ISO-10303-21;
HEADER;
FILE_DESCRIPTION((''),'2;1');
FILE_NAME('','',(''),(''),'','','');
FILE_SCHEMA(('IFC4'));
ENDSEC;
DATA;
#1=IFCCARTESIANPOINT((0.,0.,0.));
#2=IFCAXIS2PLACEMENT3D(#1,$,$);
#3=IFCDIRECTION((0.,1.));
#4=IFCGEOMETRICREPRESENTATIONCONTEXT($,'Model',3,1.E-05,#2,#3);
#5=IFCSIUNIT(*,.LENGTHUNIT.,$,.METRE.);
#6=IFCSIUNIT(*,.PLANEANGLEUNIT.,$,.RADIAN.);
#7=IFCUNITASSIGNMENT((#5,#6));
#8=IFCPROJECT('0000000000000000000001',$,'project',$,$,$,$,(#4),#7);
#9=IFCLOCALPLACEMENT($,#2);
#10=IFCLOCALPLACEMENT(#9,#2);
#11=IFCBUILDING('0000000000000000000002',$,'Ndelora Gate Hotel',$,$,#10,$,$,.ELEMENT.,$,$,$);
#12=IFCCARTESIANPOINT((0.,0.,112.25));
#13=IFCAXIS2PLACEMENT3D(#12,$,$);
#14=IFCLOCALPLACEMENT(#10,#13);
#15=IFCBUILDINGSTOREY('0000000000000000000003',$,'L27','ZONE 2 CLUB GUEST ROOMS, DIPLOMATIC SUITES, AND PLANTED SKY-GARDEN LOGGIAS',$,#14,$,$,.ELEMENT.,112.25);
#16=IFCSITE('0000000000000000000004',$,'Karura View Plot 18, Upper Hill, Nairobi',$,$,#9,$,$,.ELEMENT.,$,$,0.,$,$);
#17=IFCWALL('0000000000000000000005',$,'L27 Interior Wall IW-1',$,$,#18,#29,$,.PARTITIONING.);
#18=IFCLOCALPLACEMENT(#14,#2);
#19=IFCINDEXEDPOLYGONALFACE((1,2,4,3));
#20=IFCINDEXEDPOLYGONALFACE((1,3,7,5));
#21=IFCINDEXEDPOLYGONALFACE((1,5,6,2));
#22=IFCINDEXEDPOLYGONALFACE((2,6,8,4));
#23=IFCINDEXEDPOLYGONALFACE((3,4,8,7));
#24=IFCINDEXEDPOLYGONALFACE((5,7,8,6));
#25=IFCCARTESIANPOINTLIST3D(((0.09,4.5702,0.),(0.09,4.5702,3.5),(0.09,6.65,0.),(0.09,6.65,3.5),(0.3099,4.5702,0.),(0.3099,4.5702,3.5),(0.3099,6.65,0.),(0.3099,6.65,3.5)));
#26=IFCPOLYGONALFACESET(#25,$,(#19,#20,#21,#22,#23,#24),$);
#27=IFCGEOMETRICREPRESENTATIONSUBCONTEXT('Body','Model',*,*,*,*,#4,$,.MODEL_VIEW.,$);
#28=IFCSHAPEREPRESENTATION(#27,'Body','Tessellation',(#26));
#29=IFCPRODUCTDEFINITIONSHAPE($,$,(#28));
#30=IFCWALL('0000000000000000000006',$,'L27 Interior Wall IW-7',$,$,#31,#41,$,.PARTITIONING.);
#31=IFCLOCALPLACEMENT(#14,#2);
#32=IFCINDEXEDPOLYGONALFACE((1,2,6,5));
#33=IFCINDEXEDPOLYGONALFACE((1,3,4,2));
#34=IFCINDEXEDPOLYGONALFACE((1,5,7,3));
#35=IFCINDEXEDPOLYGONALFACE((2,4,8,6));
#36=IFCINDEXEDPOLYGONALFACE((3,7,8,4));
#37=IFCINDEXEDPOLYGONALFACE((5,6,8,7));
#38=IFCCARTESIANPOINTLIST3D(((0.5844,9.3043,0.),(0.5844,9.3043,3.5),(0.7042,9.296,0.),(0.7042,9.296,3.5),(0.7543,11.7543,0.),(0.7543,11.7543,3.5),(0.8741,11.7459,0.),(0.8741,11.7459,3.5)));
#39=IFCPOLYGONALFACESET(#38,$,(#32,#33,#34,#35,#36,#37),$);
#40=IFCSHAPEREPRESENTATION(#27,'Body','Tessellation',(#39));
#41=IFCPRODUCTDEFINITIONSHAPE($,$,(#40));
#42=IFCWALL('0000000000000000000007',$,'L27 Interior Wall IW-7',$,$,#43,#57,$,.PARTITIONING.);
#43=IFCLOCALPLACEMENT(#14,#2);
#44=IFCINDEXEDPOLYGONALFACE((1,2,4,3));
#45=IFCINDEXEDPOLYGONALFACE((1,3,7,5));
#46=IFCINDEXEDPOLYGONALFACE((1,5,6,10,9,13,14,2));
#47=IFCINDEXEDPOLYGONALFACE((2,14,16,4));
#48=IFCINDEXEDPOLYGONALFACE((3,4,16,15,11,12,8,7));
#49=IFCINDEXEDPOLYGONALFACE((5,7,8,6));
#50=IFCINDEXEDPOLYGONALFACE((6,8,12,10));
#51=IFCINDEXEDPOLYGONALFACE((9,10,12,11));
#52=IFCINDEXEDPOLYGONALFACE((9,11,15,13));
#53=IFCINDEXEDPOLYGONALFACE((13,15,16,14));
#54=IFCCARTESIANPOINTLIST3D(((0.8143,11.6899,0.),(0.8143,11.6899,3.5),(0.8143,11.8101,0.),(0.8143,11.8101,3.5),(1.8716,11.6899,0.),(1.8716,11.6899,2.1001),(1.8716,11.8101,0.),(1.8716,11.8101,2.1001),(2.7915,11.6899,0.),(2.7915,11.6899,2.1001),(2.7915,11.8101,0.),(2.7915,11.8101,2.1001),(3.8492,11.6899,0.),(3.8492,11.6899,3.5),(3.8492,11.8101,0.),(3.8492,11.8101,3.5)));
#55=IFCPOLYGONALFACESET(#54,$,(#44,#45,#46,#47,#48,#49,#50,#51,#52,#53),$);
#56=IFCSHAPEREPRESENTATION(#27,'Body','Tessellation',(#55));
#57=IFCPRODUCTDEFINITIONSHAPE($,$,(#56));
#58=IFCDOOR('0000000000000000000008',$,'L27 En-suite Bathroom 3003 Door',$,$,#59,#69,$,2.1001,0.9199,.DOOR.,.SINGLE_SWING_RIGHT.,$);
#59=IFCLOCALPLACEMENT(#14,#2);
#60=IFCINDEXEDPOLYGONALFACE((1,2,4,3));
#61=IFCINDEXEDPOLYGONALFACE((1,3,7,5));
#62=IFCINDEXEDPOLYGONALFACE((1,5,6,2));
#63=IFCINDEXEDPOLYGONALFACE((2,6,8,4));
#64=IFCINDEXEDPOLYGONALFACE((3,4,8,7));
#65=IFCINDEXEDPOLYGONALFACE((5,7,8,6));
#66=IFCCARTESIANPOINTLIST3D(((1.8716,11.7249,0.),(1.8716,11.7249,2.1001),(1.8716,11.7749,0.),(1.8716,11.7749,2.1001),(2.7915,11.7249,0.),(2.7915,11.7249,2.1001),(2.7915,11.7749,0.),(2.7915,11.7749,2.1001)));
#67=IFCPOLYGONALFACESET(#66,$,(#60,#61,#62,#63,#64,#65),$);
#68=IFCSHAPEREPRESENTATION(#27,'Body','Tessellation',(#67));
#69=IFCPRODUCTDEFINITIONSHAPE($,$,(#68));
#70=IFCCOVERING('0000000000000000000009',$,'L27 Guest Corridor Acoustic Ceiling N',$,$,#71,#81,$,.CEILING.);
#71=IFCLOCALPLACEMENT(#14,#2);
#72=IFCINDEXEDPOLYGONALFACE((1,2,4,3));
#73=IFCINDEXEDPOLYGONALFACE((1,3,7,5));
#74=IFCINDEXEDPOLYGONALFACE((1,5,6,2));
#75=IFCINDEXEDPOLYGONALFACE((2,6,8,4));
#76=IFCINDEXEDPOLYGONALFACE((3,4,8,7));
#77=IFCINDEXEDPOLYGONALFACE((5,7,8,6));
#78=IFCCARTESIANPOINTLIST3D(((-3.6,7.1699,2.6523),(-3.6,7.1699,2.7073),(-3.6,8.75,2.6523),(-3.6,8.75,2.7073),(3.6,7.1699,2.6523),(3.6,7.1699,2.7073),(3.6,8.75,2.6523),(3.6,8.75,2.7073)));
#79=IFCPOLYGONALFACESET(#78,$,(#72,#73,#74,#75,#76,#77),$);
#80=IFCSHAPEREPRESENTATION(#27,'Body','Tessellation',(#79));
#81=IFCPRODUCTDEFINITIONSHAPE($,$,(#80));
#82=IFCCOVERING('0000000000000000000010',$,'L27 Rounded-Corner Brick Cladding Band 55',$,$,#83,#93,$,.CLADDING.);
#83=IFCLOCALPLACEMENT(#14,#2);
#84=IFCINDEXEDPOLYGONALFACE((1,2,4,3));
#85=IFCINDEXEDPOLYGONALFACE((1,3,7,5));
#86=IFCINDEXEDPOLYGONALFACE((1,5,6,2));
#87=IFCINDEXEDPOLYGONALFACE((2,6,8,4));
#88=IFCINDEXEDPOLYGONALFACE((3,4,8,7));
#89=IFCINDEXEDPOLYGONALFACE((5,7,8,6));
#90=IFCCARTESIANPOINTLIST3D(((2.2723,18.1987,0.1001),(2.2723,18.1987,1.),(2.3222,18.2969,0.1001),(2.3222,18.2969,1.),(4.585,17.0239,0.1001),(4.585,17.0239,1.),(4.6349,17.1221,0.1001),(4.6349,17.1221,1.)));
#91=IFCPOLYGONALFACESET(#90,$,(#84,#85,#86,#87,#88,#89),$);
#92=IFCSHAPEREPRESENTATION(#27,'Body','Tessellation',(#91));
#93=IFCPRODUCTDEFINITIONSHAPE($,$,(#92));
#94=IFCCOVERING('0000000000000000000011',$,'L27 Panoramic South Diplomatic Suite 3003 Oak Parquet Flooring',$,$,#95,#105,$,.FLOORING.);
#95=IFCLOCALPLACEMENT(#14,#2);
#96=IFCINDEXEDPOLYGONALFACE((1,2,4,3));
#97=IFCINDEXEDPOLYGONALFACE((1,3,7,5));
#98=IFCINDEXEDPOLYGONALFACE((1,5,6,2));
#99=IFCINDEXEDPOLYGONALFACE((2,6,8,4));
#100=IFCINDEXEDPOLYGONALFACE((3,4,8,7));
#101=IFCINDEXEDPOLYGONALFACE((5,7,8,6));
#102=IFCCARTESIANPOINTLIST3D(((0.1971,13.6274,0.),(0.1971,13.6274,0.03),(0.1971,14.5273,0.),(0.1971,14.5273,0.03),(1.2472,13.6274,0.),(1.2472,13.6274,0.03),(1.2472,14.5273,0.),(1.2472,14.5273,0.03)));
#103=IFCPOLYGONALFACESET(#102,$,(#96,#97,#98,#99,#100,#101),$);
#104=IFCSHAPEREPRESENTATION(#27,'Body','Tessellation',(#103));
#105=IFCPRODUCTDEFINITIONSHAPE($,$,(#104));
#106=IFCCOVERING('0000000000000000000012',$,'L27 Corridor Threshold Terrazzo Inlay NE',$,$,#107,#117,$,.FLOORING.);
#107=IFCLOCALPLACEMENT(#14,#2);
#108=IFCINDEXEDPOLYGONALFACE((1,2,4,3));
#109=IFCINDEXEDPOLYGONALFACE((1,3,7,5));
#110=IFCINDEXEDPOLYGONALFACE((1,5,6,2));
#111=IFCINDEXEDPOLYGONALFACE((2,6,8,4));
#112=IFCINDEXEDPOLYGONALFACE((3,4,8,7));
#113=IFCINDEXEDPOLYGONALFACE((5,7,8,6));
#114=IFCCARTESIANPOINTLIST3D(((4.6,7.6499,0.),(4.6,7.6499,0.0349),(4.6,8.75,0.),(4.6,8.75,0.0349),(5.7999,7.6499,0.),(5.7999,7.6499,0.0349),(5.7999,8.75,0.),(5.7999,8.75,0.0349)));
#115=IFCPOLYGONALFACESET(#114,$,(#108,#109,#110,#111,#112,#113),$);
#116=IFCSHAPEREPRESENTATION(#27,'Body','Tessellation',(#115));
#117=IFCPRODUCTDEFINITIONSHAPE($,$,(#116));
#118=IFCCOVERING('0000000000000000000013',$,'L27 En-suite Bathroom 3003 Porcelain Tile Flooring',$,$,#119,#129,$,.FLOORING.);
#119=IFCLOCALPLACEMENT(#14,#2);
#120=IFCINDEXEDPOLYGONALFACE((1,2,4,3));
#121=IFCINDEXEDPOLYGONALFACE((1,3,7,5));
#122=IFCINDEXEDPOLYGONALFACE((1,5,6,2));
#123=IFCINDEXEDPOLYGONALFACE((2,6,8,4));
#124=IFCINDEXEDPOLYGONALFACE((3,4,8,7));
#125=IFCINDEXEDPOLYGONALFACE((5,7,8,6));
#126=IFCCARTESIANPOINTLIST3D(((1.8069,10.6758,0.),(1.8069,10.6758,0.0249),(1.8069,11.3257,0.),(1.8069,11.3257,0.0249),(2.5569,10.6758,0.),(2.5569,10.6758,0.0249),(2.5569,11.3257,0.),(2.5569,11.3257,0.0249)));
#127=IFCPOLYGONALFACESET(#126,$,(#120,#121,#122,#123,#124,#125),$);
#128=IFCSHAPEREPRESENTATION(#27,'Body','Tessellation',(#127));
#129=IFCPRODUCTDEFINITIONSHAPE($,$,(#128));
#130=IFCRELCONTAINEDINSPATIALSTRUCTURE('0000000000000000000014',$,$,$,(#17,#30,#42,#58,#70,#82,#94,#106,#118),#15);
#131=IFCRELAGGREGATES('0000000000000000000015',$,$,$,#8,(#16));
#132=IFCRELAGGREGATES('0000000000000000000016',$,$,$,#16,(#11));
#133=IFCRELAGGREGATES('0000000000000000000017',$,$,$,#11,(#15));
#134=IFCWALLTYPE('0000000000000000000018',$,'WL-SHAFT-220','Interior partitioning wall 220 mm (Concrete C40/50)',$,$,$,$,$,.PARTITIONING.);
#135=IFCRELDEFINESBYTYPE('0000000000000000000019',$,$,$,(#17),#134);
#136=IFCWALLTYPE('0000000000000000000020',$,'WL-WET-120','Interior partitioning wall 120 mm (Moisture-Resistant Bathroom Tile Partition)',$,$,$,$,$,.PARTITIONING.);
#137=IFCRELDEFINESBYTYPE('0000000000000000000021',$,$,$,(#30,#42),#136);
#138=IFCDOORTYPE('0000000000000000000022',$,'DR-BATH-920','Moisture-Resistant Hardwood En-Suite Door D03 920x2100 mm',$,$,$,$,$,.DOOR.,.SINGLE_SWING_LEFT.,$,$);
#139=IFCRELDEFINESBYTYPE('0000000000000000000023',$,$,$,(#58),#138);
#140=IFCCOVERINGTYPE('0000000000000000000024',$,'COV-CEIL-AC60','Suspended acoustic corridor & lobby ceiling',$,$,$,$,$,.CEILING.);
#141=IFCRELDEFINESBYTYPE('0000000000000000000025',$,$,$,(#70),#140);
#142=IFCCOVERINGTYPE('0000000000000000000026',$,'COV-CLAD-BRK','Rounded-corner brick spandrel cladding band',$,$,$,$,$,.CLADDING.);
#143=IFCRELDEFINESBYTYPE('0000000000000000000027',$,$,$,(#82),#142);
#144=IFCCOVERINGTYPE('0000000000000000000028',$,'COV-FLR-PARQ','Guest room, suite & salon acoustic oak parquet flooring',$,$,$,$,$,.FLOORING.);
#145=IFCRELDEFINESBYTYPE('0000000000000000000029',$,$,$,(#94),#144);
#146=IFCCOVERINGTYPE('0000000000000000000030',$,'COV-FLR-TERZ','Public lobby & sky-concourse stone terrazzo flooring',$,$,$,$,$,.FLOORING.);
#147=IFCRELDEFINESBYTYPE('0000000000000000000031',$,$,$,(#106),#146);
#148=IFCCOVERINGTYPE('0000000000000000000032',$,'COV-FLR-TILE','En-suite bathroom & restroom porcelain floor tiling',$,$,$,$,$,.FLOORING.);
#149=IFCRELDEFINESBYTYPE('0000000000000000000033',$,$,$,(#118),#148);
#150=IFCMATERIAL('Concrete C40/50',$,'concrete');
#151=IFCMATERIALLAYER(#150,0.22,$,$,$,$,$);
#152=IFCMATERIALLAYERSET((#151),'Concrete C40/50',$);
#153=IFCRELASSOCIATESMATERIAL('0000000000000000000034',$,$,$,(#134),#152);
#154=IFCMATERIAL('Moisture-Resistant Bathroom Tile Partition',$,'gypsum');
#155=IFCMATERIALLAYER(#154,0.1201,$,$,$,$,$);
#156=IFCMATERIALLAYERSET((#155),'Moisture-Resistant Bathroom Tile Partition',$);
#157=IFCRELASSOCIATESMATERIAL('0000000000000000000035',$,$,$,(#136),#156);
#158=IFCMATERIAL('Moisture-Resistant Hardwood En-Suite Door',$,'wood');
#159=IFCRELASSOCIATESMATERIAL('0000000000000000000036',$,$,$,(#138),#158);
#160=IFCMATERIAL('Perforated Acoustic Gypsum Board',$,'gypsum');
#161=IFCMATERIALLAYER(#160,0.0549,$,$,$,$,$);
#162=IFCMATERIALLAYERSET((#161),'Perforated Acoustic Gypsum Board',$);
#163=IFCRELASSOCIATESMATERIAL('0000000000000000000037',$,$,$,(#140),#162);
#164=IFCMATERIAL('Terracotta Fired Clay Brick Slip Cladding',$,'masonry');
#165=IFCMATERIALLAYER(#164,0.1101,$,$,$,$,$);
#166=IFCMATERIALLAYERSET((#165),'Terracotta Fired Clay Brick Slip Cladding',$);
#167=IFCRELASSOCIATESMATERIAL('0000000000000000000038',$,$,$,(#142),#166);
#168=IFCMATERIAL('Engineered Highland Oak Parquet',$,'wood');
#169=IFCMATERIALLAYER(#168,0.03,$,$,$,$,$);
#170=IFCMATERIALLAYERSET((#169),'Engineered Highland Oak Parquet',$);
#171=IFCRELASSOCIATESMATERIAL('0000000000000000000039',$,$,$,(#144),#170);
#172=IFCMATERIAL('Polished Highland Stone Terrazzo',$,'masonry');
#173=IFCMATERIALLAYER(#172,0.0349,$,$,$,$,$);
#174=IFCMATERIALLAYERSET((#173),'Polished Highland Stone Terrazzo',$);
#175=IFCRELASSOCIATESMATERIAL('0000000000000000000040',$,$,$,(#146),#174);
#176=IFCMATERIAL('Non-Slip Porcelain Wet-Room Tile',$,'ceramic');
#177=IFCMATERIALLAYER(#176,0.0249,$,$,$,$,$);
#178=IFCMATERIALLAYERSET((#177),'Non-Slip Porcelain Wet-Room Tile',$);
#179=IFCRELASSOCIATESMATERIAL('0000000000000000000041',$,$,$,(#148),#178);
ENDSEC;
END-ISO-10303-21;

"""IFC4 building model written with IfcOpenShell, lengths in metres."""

from ifc_helpers import new_model, si_unit, direction, frame, frame_2d, origin, origin_2d, place, context, subcontext, project, spatial, rectangle, extrude, material, layer, layer_set, type_object, element, fill, save


model = new_model("IFC4")

# Units and contexts
model_context = context("Model", 3, precision=1e-05, world=origin(), true_north=direction((0.0, 1.0)))
body_context = subcontext(model_context, "Body", "Model", "MODEL_VIEW")
ifc_project = project(units=[si_unit("LENGTHUNIT", "METRE"), si_unit("PLANEANGLEUNIT", "RADIAN")], contexts=[model_context])

# Site, building, storey
site_placement = place(None, origin())
site = spatial("IfcSite", under=ifc_project, at=site_placement, Name="Karura View Plot 18, Upper Hill, Nairobi", CompositionType="ELEMENT", RefElevation=0.0)
building_placement = place(site_placement, origin())
building = spatial("IfcBuilding", under=site, at=building_placement, Name="Ndelora Gate Hotel", CompositionType="ELEMENT")
storey_placement = place(building_placement, frame((0.0, 0.0, 112.25)))
storey = spatial("IfcBuildingStorey", under=building, at=storey_placement, Name="L27", Description="ZONE 2 CLUB GUEST ROOMS, DIPLOMATIC SUITES, AND PLANTED SKY-GARDEN LOGGIAS", CompositionType="ELEMENT", Elevation=112.25)

# Shared definitions
ifc_material_1 = material(Name="Concrete C40/50", Category="concrete")
ifc_layer_1 = layer(ifc_material_1, 0.22)
ifc_layer_set_1 = layer_set([ifc_layer_1], Name="Concrete C40/50")
wall_type_1 = type_object("IfcWallType", Name="WL-SHAFT-220", Description="Interior partitioning wall 220 mm (Concrete C40/50)", PredefinedType="PARTITIONING", material=ifc_layer_set_1)

# Walls
for number, where, z_axis, x_axis, name in (
    (1, (0.2, 4.5701, 0.0), (0.0, 0.0, 1.0), (0.0, 1.0, 0.0), "L27 Interior Wall IW-1"),
):
    element("IfcWall", number, at=place(storey_placement, frame(where, z_axis=z_axis, x_axis=x_axis)), inside=storey, type_object=wall_type_1, Name=name, PredefinedType="PARTITIONING", context=body_context, shape_type="SweptSolid", body=[
        extrude(rectangle(XDim=2.0798, YDim=0.22, at=frame_2d((1.04, 0.0))), origin(), (0.0, 0.0, 1.0), 3.5),
    ])
ifc_material_2 = material(Name="Moisture-Resistant Bathroom Tile Partition", Category="gypsum")
ifc_layer_2 = layer(ifc_material_2, 0.1201)
ifc_layer_set_2 = layer_set([ifc_layer_2], Name="Moisture-Resistant Bathroom Tile Partition")
wall_type_2 = type_object("IfcWallType", Name="WL-WET-120", Description="Interior partitioning wall 120 mm (Moisture-Resistant Bathroom Tile Partition)", PredefinedType="PARTITIONING", material=ifc_layer_set_2)
wall_1_placement = place(storey_placement, frame((0.6443, 9.3, 0.0), z_axis=(0.0, 0.0, 1.0), x_axis=(0.069191, 0.997603, 0.0)))
element("IfcWall", 2, at=wall_1_placement, inside=storey, type_object=wall_type_2, Name="L27 Interior Wall IW-7", PredefinedType="PARTITIONING", context=body_context, shape_type="SweptSolid", body=[
    extrude(rectangle(XDim=2.4558, YDim=0.1201, at=frame_2d((1.228, 0.0))), origin(), (0.0, 0.0, 1.0), 3.5),
])

# Wall, opening, door
wall_2_placement = place(storey_placement, frame((0.8142, 11.75, 0.0), z_axis=(0.0, 0.0, 1.0), x_axis=(1.0, 0.0, 0.0)))
wall_2 = element("IfcWall", 3, at=wall_2_placement, inside=storey, type_object=wall_type_2, Name="L27 Interior Wall IW-7", PredefinedType="PARTITIONING", context=body_context, shape_type="SweptSolid", body=[
    extrude(rectangle(XDim=3.0349, YDim=0.1201, at=frame_2d((1.5176, 0.0))), origin(), (0.0, 0.0, 1.0), 3.5),
])
opening_1_placement = place(wall_2_placement, frame((1.0574, 0.0, 0.0)))
opening_1 = element("IfcOpeningElement", 4, at=opening_1_placement, cuts=wall_2, PredefinedType="OPENING", context=body_context, shape_type="SweptSolid", body=[
    extrude(rectangle(XDim=0.9199, YDim=2.1001, at=frame_2d((0.46, 1.05))), frame((0.0, 0.0701, 0.0), z_axis=(0.0, -1.0, 0.0), x_axis=(1.0, 0.0, 0.0)), (0.0, 0.0, 1.0), 0.1401),
])
ifc_material_3 = material(Name="Moisture-Resistant Hardwood En-Suite Door", Category="wood")
door_type_1 = type_object("IfcDoorType", Name="DR-BATH-920", Description="Moisture-Resistant Hardwood En-Suite Door D03 920x2100 mm", OperationType="SINGLE_SWING_LEFT", PredefinedType="DOOR", material=ifc_material_3)
door_1_placement = place(opening_1_placement, origin())
door_1 = element("IfcDoor", 5, at=door_1_placement, inside=storey, type_object=door_type_1, Name="L27 En-suite Bathroom 3003 Door", OperationType="SINGLE_SWING_RIGHT", OverallHeight=2.1001, OverallWidth=0.9199, PredefinedType="DOOR", context=body_context, shape_type="SweptSolid", body=[
    extrude(rectangle(XDim=0.9199, YDim=2.1001, at=frame_2d((0.46, 1.05))), frame((0.0, 0.0249, 0.0), z_axis=(0.0, -1.0, 0.0), x_axis=(1.0, 0.0, 0.0)), (0.0, 0.0, 1.0), 0.05),
])
fill(opening_1, door_1)

# Coverings
ifc_material_4 = material(Name="Perforated Acoustic Gypsum Board", Category="gypsum")
ifc_layer_3 = layer(ifc_material_4, 0.0549)
ifc_layer_set_3 = layer_set([ifc_layer_3], Name="Perforated Acoustic Gypsum Board")
covering_type_1 = type_object("IfcCoveringType", Name="COV-CEIL-AC60", Description="Suspended acoustic corridor & lobby ceiling", PredefinedType="CEILING", material=ifc_layer_set_3)
covering_1_placement = place(storey_placement, frame((0.0, 7.96, 2.6523), z_axis=(0.0, 0.0, 1.0), x_axis=(1.0, 0.0, 0.0)))
element("IfcCovering", 6, at=covering_1_placement, inside=storey, type_object=covering_type_1, Name="L27 Guest Corridor Acoustic Ceiling N", PredefinedType="CEILING", context=body_context, shape_type="SweptSolid", body=[
    extrude(rectangle(XDim=7.2, YDim=1.5801, at=origin_2d()), origin(), (0.0, 0.0, 1.0), 0.0549),
])
ifc_material_5 = material(Name="Terracotta Fired Clay Brick Slip Cladding", Category="masonry")
ifc_layer_4 = layer(ifc_material_5, 0.1101)
ifc_layer_set_4 = layer_set([ifc_layer_4], Name="Terracotta Fired Clay Brick Slip Cladding")
covering_type_2 = type_object("IfcCoveringType", Name="COV-CLAD-BRK", Description="Rounded-corner brick spandrel cladding band", PredefinedType="CLADDING", material=ifc_layer_set_4)
covering_2_placement = place(storey_placement, frame((3.4536, 17.6604, 0.1001), z_axis=(0.0, 0.0, 1.0), x_axis=(-0.891561, 0.452902, 0.0)))
element("IfcCovering", 7, at=covering_2_placement, inside=storey, type_object=covering_type_2, Name="L27 Rounded-Corner Brick Cladding Band 55", PredefinedType="CLADDING", context=body_context, shape_type="SweptSolid", body=[
    extrude(rectangle(XDim=2.594, YDim=0.1101, at=origin_2d()), origin(), (0.0, 0.0, 1.0), 0.8999),
])
ifc_material_6 = material(Name="Engineered Highland Oak Parquet", Category="wood")
ifc_layer_5 = layer(ifc_material_6, 0.03)
ifc_layer_set_5 = layer_set([ifc_layer_5], Name="Engineered Highland Oak Parquet")
covering_type_3 = type_object("IfcCoveringType", Name="COV-FLR-PARQ", Description="Guest room, suite & salon acoustic oak parquet flooring", PredefinedType="FLOORING", material=ifc_layer_set_5)
covering_3_placement = place(storey_placement, frame((0.7222, 14.0774, 0.0), z_axis=(0.0, 0.0, 1.0), x_axis=(1.0, 0.0, 0.0)))
element("IfcCovering", 8, at=covering_3_placement, inside=storey, type_object=covering_type_3, Name="L27 Panoramic South Diplomatic Suite 3003 Oak Parquet Flooring", PredefinedType="FLOORING", context=body_context, shape_type="SweptSolid", body=[
    extrude(rectangle(XDim=1.05, YDim=0.8999, at=origin_2d()), origin(), (0.0, 0.0, 1.0), 0.03),
])
ifc_material_7 = material(Name="Polished Highland Stone Terrazzo", Category="masonry")
ifc_layer_6 = layer(ifc_material_7, 0.0349)
ifc_layer_set_6 = layer_set([ifc_layer_6], Name="Polished Highland Stone Terrazzo")
covering_type_4 = type_object("IfcCoveringType", Name="COV-FLR-TERZ", Description="Public lobby & sky-concourse stone terrazzo flooring", PredefinedType="FLOORING", material=ifc_layer_set_6)
covering_4_placement = place(storey_placement, frame((5.2, 8.2, 0.0), z_axis=(0.0, 0.0, 1.0), x_axis=(1.0, 0.0, 0.0)))
element("IfcCovering", 9, at=covering_4_placement, inside=storey, type_object=covering_type_4, Name="L27 Corridor Threshold Terrazzo Inlay NE", PredefinedType="FLOORING", context=body_context, shape_type="SweptSolid", body=[
    extrude(rectangle(XDim=1.2, YDim=1.1001, at=origin_2d()), origin(), (0.0, 0.0, 1.0), 0.0349),
])
ifc_material_8 = material(Name="Non-Slip Porcelain Wet-Room Tile", Category="ceramic")
ifc_layer_7 = layer(ifc_material_8, 0.0249)
ifc_layer_set_7 = layer_set([ifc_layer_7], Name="Non-Slip Porcelain Wet-Room Tile")
covering_type_5 = type_object("IfcCoveringType", Name="COV-FLR-TILE", Description="En-suite bathroom & restroom porcelain floor tiling", PredefinedType="FLOORING", material=ifc_layer_set_7)
covering_5_placement = place(storey_placement, frame((2.1819, 11.0007, 0.0), z_axis=(0.0, 0.0, 1.0), x_axis=(1.0, 0.0, 0.0)))
element("IfcCovering", 10, at=covering_5_placement, inside=storey, type_object=covering_type_5, Name="L27 En-suite Bathroom 3003 Porcelain Tile Flooring", PredefinedType="FLOORING", context=body_context, shape_type="SweptSolid", body=[
    extrude(rectangle(XDim=0.75, YDim=0.6499, at=origin_2d()), origin(), (0.0, 0.0, 1.0), 0.0249),
])

save(model, "model.ifc")
